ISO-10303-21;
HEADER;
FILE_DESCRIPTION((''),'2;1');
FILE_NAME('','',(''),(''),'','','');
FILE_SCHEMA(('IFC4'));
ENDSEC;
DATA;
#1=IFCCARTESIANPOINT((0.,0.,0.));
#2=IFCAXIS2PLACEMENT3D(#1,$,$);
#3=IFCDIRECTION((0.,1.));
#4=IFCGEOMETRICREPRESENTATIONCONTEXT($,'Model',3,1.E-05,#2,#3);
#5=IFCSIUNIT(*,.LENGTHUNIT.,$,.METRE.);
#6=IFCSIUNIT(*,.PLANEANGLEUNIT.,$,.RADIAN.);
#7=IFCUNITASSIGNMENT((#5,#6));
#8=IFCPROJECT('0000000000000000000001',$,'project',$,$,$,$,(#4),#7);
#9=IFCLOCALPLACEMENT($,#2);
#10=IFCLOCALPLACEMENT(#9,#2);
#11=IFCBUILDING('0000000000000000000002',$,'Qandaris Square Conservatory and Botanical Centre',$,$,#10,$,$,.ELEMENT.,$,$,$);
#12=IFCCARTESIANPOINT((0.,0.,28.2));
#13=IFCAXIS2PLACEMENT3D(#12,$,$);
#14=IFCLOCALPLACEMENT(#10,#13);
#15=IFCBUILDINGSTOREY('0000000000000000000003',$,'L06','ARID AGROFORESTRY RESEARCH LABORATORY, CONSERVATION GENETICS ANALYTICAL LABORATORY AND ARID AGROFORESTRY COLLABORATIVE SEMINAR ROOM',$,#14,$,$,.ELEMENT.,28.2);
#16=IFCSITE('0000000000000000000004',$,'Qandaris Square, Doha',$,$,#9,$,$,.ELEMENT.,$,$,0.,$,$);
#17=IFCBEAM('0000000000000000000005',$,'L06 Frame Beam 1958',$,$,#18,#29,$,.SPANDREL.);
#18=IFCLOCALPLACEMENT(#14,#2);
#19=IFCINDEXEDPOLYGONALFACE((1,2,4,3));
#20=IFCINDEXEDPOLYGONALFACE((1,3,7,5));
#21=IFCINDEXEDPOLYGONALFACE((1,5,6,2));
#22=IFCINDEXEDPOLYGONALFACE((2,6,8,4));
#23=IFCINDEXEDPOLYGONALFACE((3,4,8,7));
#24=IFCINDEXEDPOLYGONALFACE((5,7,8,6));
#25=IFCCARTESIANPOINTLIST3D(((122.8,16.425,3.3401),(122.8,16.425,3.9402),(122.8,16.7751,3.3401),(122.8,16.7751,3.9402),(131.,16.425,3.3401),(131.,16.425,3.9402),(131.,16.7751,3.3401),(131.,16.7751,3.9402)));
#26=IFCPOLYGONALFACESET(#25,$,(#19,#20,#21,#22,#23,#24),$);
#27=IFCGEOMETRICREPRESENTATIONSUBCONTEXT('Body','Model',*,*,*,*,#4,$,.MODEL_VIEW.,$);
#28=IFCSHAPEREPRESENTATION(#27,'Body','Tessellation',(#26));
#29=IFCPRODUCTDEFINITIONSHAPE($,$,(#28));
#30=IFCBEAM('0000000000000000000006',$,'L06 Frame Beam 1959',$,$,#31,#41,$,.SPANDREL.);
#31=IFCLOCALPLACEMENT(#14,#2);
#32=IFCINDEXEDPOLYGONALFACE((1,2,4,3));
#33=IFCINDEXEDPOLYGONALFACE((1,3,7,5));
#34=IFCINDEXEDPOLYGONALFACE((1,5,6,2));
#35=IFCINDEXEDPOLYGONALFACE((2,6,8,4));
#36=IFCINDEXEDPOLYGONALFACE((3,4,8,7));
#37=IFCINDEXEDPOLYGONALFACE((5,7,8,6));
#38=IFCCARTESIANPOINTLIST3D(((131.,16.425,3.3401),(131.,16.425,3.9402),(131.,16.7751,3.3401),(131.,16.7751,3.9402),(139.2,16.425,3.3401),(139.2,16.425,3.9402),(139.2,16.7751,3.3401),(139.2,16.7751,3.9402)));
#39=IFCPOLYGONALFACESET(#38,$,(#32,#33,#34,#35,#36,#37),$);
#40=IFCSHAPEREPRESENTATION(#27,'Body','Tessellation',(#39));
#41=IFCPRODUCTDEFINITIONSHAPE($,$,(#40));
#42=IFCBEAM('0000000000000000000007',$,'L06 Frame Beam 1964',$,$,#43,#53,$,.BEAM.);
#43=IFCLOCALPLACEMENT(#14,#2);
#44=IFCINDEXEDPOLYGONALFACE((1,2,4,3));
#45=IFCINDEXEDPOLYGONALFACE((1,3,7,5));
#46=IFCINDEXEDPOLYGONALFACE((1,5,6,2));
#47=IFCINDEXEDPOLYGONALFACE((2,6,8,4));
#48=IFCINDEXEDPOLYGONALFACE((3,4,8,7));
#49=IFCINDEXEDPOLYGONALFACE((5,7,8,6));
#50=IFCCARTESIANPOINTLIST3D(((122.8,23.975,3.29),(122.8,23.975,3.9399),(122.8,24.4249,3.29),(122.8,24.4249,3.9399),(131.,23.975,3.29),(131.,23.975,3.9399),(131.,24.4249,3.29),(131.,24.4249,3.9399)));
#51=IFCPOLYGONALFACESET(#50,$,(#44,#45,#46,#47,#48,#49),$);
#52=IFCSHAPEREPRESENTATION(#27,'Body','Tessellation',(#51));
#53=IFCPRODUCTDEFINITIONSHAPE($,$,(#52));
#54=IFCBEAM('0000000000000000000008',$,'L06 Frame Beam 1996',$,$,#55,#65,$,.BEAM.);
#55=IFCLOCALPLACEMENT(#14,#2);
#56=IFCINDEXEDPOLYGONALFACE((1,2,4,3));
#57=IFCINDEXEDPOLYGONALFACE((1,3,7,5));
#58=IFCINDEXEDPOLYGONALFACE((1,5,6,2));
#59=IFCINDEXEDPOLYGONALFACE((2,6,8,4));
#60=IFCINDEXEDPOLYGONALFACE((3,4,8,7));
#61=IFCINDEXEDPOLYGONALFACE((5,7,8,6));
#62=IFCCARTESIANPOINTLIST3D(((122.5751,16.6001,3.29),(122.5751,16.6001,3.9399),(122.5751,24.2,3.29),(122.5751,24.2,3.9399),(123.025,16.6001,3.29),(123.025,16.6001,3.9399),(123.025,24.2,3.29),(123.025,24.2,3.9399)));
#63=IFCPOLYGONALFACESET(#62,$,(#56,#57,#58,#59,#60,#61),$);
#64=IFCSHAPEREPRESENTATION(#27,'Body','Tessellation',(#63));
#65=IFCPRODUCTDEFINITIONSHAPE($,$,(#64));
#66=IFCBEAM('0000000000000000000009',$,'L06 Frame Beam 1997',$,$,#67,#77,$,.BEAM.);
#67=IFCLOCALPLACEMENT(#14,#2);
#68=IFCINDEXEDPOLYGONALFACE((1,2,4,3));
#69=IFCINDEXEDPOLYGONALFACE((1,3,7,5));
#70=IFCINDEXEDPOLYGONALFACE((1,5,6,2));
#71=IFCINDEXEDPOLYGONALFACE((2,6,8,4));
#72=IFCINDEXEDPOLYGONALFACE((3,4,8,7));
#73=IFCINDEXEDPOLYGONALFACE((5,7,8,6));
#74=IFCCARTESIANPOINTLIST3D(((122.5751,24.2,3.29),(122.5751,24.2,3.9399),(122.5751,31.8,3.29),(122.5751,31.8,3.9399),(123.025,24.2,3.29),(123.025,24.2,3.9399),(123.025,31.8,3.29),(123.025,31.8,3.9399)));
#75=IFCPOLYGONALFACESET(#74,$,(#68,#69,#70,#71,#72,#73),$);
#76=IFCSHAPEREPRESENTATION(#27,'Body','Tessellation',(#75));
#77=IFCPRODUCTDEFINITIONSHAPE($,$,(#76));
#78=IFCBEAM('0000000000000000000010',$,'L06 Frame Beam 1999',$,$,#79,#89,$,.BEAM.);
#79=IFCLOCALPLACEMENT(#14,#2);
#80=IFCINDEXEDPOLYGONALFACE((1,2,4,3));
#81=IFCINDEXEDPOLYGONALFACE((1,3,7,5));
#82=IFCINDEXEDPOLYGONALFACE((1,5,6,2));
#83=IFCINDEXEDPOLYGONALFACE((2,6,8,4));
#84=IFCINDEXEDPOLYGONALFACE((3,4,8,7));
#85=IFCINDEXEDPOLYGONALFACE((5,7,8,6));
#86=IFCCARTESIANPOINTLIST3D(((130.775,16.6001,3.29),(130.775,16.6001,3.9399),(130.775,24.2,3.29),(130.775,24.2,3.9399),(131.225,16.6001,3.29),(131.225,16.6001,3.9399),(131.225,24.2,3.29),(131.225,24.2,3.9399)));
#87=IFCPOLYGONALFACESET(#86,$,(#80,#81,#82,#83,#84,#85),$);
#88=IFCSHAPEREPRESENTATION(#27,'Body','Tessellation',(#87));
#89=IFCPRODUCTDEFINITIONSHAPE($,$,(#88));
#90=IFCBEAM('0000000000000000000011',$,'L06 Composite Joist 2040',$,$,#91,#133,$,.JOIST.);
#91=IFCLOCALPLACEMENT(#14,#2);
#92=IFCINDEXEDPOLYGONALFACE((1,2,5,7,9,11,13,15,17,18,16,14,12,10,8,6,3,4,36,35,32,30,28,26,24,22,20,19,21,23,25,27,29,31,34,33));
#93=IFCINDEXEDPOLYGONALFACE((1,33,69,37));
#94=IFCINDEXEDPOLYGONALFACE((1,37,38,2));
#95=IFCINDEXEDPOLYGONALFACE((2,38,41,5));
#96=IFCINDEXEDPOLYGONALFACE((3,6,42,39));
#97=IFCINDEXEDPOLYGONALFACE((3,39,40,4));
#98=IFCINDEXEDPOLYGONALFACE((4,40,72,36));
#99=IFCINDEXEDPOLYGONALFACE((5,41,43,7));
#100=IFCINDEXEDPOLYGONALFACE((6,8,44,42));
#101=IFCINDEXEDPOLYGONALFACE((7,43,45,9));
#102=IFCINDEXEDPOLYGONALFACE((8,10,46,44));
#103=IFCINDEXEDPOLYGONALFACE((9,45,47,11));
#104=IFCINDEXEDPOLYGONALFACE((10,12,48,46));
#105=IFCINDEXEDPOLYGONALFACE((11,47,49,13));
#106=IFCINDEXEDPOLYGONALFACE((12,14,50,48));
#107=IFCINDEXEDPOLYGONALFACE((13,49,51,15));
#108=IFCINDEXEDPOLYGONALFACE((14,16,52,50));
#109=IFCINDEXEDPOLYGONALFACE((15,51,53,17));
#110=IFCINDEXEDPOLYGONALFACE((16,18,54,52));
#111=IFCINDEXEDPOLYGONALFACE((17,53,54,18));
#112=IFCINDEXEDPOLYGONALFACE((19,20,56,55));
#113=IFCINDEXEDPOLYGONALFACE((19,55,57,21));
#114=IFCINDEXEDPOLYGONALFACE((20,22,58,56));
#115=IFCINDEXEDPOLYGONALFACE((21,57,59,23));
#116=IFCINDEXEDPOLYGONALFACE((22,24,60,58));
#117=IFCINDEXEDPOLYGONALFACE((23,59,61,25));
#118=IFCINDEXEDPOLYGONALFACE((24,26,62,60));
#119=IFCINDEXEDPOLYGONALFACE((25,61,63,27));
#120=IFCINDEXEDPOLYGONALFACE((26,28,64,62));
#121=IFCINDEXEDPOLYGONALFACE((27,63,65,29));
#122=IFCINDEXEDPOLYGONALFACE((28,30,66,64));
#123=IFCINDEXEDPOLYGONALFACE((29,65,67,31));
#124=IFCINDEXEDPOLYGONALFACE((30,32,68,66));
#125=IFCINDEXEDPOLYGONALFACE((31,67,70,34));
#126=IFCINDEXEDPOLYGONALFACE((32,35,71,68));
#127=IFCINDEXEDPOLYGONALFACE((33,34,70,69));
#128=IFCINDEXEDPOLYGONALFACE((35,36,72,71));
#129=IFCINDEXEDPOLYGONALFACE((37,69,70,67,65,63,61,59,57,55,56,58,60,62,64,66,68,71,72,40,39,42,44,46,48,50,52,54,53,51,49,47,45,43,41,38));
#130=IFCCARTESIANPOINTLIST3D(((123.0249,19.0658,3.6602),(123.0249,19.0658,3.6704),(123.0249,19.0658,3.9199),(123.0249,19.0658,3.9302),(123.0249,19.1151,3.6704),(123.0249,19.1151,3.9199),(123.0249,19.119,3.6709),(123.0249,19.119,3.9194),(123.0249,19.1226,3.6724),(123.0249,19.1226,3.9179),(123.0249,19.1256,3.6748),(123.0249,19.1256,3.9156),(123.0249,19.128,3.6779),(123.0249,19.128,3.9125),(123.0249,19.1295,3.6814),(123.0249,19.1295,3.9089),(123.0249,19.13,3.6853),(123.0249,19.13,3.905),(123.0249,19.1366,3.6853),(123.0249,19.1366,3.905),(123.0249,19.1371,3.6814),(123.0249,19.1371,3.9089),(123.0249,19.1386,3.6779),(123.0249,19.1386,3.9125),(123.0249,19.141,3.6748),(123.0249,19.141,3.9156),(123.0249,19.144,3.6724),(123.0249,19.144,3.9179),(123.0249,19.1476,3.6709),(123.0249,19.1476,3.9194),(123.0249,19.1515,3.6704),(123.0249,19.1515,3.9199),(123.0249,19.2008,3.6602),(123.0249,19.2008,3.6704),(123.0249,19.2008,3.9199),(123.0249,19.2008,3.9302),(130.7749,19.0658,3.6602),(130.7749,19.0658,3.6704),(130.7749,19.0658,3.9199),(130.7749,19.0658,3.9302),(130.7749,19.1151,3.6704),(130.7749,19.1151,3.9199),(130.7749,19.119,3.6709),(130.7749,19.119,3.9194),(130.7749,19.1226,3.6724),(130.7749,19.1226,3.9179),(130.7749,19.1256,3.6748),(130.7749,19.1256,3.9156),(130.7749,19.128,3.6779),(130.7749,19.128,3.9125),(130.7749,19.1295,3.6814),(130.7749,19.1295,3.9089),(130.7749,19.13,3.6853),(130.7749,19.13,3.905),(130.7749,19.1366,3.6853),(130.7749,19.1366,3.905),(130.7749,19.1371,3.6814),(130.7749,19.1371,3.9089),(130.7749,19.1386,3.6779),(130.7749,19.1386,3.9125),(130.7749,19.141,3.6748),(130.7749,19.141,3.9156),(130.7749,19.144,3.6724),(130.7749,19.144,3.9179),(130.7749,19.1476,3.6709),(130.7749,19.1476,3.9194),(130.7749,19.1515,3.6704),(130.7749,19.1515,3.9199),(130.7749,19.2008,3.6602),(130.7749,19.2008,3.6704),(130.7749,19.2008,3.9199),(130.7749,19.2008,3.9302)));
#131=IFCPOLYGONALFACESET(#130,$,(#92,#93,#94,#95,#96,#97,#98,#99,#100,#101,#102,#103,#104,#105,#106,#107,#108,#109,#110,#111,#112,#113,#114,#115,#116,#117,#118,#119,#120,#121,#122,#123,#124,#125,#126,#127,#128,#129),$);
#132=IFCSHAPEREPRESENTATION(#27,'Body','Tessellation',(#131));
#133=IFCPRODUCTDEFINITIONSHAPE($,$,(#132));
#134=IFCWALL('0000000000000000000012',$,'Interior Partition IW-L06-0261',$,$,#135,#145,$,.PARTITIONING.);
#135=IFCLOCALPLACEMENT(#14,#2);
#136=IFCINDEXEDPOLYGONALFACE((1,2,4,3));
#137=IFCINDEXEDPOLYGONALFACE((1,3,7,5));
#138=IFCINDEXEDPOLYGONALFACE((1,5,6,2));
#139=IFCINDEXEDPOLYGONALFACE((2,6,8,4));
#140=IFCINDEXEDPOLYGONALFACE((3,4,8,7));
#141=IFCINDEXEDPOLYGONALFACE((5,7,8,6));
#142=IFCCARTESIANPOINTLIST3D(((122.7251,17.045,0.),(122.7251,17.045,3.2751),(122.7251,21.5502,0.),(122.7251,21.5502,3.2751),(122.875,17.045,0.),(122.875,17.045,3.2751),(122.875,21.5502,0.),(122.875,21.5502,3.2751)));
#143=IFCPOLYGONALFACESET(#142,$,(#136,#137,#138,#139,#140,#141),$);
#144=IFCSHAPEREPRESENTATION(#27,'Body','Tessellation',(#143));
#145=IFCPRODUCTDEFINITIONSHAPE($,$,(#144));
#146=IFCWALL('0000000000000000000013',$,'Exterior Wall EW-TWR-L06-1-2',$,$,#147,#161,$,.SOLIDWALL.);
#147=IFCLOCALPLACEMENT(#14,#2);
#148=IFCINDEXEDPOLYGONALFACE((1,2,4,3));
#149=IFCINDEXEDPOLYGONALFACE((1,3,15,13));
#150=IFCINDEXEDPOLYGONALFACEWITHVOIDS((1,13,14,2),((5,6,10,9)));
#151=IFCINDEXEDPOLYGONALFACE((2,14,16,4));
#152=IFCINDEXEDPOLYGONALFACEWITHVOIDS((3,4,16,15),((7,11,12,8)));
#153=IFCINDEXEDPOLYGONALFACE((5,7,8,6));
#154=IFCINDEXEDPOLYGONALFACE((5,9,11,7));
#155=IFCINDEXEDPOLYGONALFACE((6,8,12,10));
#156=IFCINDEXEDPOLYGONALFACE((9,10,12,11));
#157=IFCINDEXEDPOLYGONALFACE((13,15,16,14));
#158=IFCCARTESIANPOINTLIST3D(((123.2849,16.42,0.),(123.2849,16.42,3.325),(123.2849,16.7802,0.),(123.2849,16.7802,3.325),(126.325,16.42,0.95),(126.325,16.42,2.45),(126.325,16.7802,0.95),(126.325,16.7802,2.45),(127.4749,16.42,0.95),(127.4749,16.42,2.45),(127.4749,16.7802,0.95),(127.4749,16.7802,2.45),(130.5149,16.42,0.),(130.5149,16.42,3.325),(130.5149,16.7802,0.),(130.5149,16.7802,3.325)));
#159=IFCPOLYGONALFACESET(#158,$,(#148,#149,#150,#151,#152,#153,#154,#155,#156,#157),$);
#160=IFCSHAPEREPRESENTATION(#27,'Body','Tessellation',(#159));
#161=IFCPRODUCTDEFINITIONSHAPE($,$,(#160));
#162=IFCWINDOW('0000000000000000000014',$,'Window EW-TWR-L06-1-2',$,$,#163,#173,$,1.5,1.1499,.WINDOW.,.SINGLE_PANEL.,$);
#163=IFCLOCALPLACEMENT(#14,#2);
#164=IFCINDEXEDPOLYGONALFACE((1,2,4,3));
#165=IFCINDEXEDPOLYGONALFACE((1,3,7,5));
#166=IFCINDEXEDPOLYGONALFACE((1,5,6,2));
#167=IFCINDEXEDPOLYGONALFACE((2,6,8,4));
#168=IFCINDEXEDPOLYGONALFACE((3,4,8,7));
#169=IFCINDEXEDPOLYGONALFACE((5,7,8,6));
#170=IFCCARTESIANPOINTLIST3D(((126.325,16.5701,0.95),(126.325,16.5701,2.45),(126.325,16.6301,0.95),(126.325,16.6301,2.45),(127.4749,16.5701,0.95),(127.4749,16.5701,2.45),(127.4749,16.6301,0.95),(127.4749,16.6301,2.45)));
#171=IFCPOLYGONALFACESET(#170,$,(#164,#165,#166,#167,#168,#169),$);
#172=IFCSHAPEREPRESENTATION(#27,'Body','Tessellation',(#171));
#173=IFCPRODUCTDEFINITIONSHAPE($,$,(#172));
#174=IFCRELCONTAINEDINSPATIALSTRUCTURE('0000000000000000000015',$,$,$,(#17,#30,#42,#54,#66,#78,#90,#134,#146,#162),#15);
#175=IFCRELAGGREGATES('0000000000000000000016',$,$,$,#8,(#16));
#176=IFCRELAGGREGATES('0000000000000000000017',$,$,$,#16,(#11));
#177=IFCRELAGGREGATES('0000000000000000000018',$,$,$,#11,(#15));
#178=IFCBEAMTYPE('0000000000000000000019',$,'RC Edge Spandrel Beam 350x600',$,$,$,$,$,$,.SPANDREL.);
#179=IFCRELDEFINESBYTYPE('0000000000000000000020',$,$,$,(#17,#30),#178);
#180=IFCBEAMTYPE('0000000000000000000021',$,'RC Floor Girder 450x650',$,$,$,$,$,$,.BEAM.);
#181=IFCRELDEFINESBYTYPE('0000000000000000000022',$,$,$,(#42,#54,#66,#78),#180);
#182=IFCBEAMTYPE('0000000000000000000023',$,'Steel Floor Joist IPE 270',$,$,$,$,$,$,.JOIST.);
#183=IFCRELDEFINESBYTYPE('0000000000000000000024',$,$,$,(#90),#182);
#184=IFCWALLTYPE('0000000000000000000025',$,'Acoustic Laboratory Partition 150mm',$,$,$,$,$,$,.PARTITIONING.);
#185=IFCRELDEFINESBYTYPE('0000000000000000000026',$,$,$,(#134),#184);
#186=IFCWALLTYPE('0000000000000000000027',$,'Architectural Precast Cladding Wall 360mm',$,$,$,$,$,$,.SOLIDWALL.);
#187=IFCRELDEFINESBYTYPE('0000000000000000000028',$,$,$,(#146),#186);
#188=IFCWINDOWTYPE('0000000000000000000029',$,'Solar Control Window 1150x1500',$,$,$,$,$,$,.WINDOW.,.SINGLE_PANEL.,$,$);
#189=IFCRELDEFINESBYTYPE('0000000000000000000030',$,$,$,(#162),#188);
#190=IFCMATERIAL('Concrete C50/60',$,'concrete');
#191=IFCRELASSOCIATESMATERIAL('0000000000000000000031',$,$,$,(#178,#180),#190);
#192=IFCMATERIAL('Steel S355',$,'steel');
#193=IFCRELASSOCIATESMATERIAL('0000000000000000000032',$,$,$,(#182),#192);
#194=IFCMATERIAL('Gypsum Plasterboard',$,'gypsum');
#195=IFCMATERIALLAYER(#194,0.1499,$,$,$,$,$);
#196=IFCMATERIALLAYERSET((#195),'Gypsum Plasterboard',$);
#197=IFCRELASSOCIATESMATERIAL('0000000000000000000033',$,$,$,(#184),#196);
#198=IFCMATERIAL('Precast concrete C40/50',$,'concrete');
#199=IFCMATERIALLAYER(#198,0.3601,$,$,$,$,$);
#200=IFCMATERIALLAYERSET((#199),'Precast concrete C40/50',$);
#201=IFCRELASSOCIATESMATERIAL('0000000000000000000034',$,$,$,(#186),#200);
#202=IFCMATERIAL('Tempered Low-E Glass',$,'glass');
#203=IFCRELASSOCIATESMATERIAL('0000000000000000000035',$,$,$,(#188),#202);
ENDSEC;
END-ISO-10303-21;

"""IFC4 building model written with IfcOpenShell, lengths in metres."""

from ifc_helpers import new_model, si_unit, direction, frame, frame_2d, origin, origin_2d, place, context, subcontext, project, spatial, rectangle, i_section, extrude, material, layer, layer_set, material_profile, profile_set, type_object, element, fill, save


model = new_model("IFC4")

# Units and contexts
model_context = context("Model", 3, precision=1e-05, world=origin(), true_north=direction((0.0, 1.0)))
body_context = subcontext(model_context, "Body", "Model", "MODEL_VIEW")
ifc_project = project(units=[si_unit("LENGTHUNIT", "METRE"), si_unit("PLANEANGLEUNIT", "RADIAN")], contexts=[model_context])

# Site, building, storey
site_placement = place(None, origin())
site = spatial("IfcSite", under=ifc_project, at=site_placement, Name="Qandaris Square, Doha", CompositionType="ELEMENT", RefElevation=0.0)
building_placement = place(site_placement, origin())
building = spatial("IfcBuilding", under=site, at=building_placement, Name="Qandaris Square Conservatory and Botanical Centre", CompositionType="ELEMENT")
storey_placement = place(building_placement, frame((0.0, 0.0, 28.2)))
storey = spatial("IfcBuildingStorey", under=building, at=storey_placement, Name="L06", Description="ARID AGROFORESTRY RESEARCH LABORATORY, CONSERVATION GENETICS ANALYTICAL LABORATORY AND ARID AGROFORESTRY COLLABORATIVE SEMINAR ROOM", CompositionType="ELEMENT", Elevation=28.2)

# Shared definitions
ifc_material_1 = material(Name="Concrete C50/60", Category="concrete")

# Beams
ifc_material_2 = material(Name="Steel S355", Category="steel")
ifc_material_profile_1 = material_profile(ifc_material_1, rectangle(XDim=0.3501, YDim=0.6001, at=origin_2d()), Name="RC-SP 350x600")
ifc_profile_set_1 = profile_set([ifc_material_profile_1], Name="Concrete C50/60")
beam_type_1 = type_object("IfcBeamType", Name="RC Edge Spandrel Beam 350x600", PredefinedType="SPANDREL", material=ifc_profile_set_1)
for number, where, z_axis, x_axis, name in (
    (1, (122.8, 16.6001, 3.6401), (1.0, 0.0, 0.0), (0.0, 1.0, 0.0), "L06 Frame Beam 1958"),
    (2, (131.0, 16.6001, 3.6401), (1.0, 0.0, 0.0), (0.0, 1.0, 0.0), "L06 Frame Beam 1959"),
):
    element("IfcBeam", number, at=place(storey_placement, frame(where, z_axis=z_axis, x_axis=x_axis)), inside=storey, type_object=beam_type_1, Name=name, PredefinedType="SPANDREL", context=body_context, shape_type="SweptSolid", body=[
        extrude(rectangle(XDim=0.3501, YDim=0.6001, at=origin_2d()), origin(), (0.0, 0.0, 1.0), 8.2),
    ])
ifc_material_profile_2 = material_profile(ifc_material_1, rectangle(XDim=0.45, YDim=0.6499, at=origin_2d()), Name="RC-BM 450x650")
ifc_profile_set_2 = profile_set([ifc_material_profile_2], Name="Concrete C50/60")
beam_type_2 = type_object("IfcBeamType", Name="RC Floor Girder 450x650", PredefinedType="BEAM", material=ifc_profile_set_2)
beam_1_placement = place(storey_placement, frame((122.8, 24.2, 3.615), z_axis=(1.0, 0.0, 0.0), x_axis=(0.0, 1.0, 0.0)))
element("IfcBeam", 3, at=beam_1_placement, inside=storey, type_object=beam_type_2, Name="L06 Frame Beam 1964", PredefinedType="BEAM", context=body_context, shape_type="SweptSolid", body=[
    extrude(rectangle(XDim=0.45, YDim=0.6499, at=origin_2d()), origin(), (0.0, 0.0, 1.0), 8.2),
])
beam_2_placement = place(storey_placement, frame((122.8, 16.6001, 3.615), z_axis=(0.0, 1.0, 0.0), x_axis=(-1.0, 0.0, 0.0)))
element("IfcBeam", 4, at=beam_2_placement, inside=storey, type_object=beam_type_2, Name="L06 Frame Beam 1996", PredefinedType="BEAM", context=body_context, shape_type="SweptSolid", body=[
    extrude(rectangle(XDim=0.45, YDim=0.6499, at=origin_2d()), origin(), (0.0, 0.0, 1.0), 7.5999),
])
beam_3_placement = place(storey_placement, frame((122.8, 24.2, 3.615), z_axis=(0.0, 1.0, 0.0), x_axis=(-1.0, 0.0, 0.0)))
element("IfcBeam", 5, at=beam_3_placement, inside=storey, type_object=beam_type_2, Name="L06 Frame Beam 1997", PredefinedType="BEAM", context=body_context, shape_type="SweptSolid", body=[
    extrude(rectangle(XDim=0.45, YDim=0.6499, at=origin_2d()), origin(), (0.0, 0.0, 1.0), 7.6001),
])
beam_4_placement = place(storey_placement, frame((131.0, 16.6001, 3.615), z_axis=(0.0, 1.0, 0.0), x_axis=(-1.0, 0.0, 0.0)))
element("IfcBeam", 6, at=beam_4_placement, inside=storey, type_object=beam_type_2, Name="L06 Frame Beam 1999", PredefinedType="BEAM", context=body_context, shape_type="SweptSolid", body=[
    extrude(rectangle(XDim=0.45, YDim=0.6499, at=origin_2d()), origin(), (0.0, 0.0, 1.0), 7.5999),
])
ifc_material_profile_3 = material_profile(ifc_material_2, i_section(OverallWidth=0.135, OverallDepth=0.27, WebThickness=0.0066, FlangeThickness=0.0103, FilletRadius=0.0149, at=origin_2d()), Name="IPE 270")
ifc_profile_set_3 = profile_set([ifc_material_profile_3], Name="Steel S355")
beam_type_3 = type_object("IfcBeamType", Name="Steel Floor Joist IPE 270", PredefinedType="JOIST", material=ifc_profile_set_3)
beam_5_placement = place(storey_placement, frame((123.0249, 19.1333, 3.7952), z_axis=(1.0, 0.0, 0.0), x_axis=(0.0, 1.0, 0.0)))
element("IfcBeam", 7, at=beam_5_placement, inside=storey, type_object=beam_type_3, Name="L06 Composite Joist 2040", PredefinedType="JOIST", context=body_context, shape_type="SweptSolid", body=[
    extrude(i_section(OverallWidth=0.135, OverallDepth=0.27, WebThickness=0.0066, FlangeThickness=0.0103, FilletRadius=0.0149, at=origin_2d()), origin(), (0.0, 0.0, 1.0), 7.75),
])

# Wall
ifc_material_3 = material(Name="Gypsum Plasterboard", Category="gypsum")
ifc_layer_1 = layer(ifc_material_3, 0.1499)
ifc_layer_set_1 = layer_set([ifc_layer_1], Name="Gypsum Plasterboard")
wall_type_1 = type_object("IfcWallType", Name="Acoustic Laboratory Partition 150mm", PredefinedType="PARTITIONING", material=ifc_layer_set_1)
wall_1_placement = place(storey_placement, frame((122.8, 21.55, 0.0), z_axis=(0.0, 0.0, 1.0), x_axis=(0.0, -1.0, 0.0)))
element("IfcWall", 8, at=wall_1_placement, inside=storey, type_object=wall_type_1, Name="Interior Partition IW-L06-0261", PredefinedType="PARTITIONING", context=body_context, shape_type="SweptSolid", body=[
    extrude(rectangle(XDim=4.5051, YDim=0.1499, at=frame_2d((2.2524, 0.0))), origin(), (0.0, 0.0, 1.0), 3.2751),
])

# Wall, opening, window
ifc_material_4 = material(Name="Precast concrete C40/50", Category="concrete")
ifc_layer_2 = layer(ifc_material_4, 0.3601)
ifc_layer_set_2 = layer_set([ifc_layer_2], Name="Precast concrete C40/50")
wall_type_2 = type_object("IfcWallType", Name="Architectural Precast Cladding Wall 360mm", PredefinedType="SOLIDWALL", material=ifc_layer_set_2)
wall_2_placement = place(storey_placement, frame((123.2849, 16.6001, 0.0), z_axis=(0.0, 0.0, 1.0), x_axis=(1.0, 0.0, 0.0)))
wall_2 = element("IfcWall", 9, at=wall_2_placement, inside=storey, type_object=wall_type_2, Name="Exterior Wall EW-TWR-L06-1-2", PredefinedType="SOLIDWALL", context=body_context, shape_type="SweptSolid", body=[
    extrude(rectangle(XDim=7.23, YDim=0.3601, at=frame_2d((3.615, 0.0))), origin(), (0.0, 0.0, 1.0), 3.325),
])
opening_1_placement = place(wall_2_placement, frame((3.04, 0.0, 0.95)))
opening_1 = element("IfcOpeningElement", 10, at=opening_1_placement, cuts=wall_2, PredefinedType="OPENING", context=body_context, shape_type="SweptSolid", body=[
    extrude(rectangle(XDim=1.1499, YDim=1.5, at=frame_2d((0.575, 0.75))), frame((0.0, 0.1919, 0.0), z_axis=(0.0, -1.0, 0.0), x_axis=(1.0, 0.0, 0.0)), (0.0, 0.0, 1.0), 0.384),
])
ifc_material_5 = material(Name="Tempered Low-E Glass", Category="glass")
window_type_1 = type_object("IfcWindowType", Name="Solar Control Window 1150x1500", PartitioningType="SINGLE_PANEL", PredefinedType="WINDOW", material=ifc_material_5)
window_1_placement = place(opening_1_placement, origin())
window_1 = element("IfcWindow", 11, at=window_1_placement, inside=storey, type_object=window_type_1, Name="Window EW-TWR-L06-1-2", OverallHeight=1.5, OverallWidth=1.1499, PartitioningType="SINGLE_PANEL", PredefinedType="WINDOW", context=body_context, shape_type="SweptSolid", body=[
    extrude(rectangle(XDim=1.1499, YDim=1.5, at=frame_2d((0.575, 0.75))), frame((0.0, 0.03, 0.0), z_axis=(0.0, -1.0, 0.0), x_axis=(1.0, 0.0, 0.0)), (0.0, 0.0, 1.0), 0.0601),
])
fill(opening_1, window_1)

save(model, "model.ifc")
